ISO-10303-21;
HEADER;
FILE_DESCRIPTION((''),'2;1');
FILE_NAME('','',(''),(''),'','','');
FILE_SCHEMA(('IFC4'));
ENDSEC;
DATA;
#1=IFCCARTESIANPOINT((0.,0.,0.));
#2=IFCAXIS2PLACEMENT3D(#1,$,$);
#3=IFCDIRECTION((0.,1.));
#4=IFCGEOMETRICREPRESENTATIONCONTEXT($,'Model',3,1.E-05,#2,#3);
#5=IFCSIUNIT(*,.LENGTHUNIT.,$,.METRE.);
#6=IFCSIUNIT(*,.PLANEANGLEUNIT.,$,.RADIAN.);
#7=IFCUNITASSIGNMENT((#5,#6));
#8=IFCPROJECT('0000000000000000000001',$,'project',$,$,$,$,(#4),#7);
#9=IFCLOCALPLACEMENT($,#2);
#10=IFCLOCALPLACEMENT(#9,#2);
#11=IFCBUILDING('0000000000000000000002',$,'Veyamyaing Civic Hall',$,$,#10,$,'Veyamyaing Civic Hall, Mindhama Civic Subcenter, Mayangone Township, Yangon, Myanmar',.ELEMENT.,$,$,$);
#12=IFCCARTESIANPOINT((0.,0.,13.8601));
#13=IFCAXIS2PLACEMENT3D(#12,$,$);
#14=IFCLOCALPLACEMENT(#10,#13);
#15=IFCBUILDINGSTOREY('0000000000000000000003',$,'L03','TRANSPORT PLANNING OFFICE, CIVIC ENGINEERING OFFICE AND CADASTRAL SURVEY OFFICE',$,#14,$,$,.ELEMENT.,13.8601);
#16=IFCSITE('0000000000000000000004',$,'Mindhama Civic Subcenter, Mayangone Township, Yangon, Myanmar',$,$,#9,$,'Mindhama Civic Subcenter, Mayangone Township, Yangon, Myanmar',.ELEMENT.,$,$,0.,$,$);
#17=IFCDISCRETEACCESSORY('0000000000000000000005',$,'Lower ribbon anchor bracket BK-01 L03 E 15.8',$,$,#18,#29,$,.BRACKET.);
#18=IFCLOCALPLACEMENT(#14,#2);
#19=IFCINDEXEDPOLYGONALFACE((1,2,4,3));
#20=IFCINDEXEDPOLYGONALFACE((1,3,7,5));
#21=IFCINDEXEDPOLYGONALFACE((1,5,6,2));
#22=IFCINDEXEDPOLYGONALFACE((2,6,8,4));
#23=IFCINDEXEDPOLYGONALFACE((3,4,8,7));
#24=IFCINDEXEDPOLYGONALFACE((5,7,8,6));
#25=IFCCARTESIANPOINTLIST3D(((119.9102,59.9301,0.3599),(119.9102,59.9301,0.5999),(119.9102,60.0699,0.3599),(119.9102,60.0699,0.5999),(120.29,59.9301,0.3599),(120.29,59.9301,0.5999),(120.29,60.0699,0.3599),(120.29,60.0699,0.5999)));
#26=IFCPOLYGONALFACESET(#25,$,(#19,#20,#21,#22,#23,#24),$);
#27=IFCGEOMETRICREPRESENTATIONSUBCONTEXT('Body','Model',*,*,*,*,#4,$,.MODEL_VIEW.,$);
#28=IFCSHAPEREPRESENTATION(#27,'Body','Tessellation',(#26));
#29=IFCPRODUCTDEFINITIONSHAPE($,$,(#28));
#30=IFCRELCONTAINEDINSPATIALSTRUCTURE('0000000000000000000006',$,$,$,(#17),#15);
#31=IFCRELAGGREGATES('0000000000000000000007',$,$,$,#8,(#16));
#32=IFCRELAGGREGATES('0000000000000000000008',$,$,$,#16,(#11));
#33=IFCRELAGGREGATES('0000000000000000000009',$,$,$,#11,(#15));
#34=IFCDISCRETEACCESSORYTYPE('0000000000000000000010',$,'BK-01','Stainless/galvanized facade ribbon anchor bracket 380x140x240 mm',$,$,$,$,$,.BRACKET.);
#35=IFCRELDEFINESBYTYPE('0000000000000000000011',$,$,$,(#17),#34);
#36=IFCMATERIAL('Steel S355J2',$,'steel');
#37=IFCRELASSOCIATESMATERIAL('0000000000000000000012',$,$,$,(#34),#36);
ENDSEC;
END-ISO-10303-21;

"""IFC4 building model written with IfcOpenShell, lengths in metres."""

from ifc_helpers import new_model, si_unit, direction, frame, origin, origin_2d, place, context, subcontext, project, spatial, rectangle, extrude, material, type_object, element, save


model = new_model("IFC4")

# Units and contexts
model_context = context("Model", 3, precision=1e-05, world=origin(), true_north=direction((0.0, 1.0)))
body_context = subcontext(model_context, "Body", "Model", "MODEL_VIEW")
ifc_project = project(units=[si_unit("LENGTHUNIT", "METRE"), si_unit("PLANEANGLEUNIT", "RADIAN")], contexts=[model_context])

# Site, building, storey
site_placement = place(None, origin())
site = spatial("IfcSite", under=ifc_project, at=site_placement, Name="Mindhama Civic Subcenter, Mayangone Township, Yangon, Myanmar", LongName="Mindhama Civic Subcenter, Mayangone Township, Yangon, Myanmar", CompositionType="ELEMENT", RefElevation=0.0)
building_placement = place(site_placement, origin())
building = spatial("IfcBuilding", under=site, at=building_placement, Name="Veyamyaing Civic Hall", LongName="Veyamyaing Civic Hall, Mindhama Civic Subcenter, Mayangone Township, Yangon, Myanmar", CompositionType="ELEMENT")
storey_placement = place(building_placement, frame((0.0, 0.0, 13.8601)))
storey = spatial("IfcBuildingStorey", under=building, at=storey_placement, Name="L03", Description="TRANSPORT PLANNING OFFICE, CIVIC ENGINEERING OFFICE AND CADASTRAL SURVEY OFFICE", CompositionType="ELEMENT", Elevation=13.8601)

# Discrete accessory
ifc_material_1 = material(Name="Steel S355J2", Category="steel")
discrete_accessory_type = type_object("IfcDiscreteAccessoryType", Name="BK-01", Description="Stainless/galvanized facade ribbon anchor bracket 380x140x240 mm", PredefinedType="BRACKET", material=ifc_material_1)
for number, where, z_axis, x_axis, name in (
    (1, (120.1001, 60.0, 0.3599), (0.0, 0.0, 1.0), (1.0, 0.0, 0.0), "Lower ribbon anchor bracket BK-01 L03 E 15.8"),
):
    element("IfcDiscreteAccessory", number, at=place(storey_placement, frame(where, z_axis=z_axis, x_axis=x_axis)), inside=storey, type_object=discrete_accessory_type, Name=name, PredefinedType="BRACKET", context=body_context, shape_type="SweptSolid", body=[
        extrude(rectangle(XDim=0.3799, YDim=0.1399, at=origin_2d()), origin(), (0.0, 0.0, 1.0), 0.24),
    ])

save(model, "model.ifc")
